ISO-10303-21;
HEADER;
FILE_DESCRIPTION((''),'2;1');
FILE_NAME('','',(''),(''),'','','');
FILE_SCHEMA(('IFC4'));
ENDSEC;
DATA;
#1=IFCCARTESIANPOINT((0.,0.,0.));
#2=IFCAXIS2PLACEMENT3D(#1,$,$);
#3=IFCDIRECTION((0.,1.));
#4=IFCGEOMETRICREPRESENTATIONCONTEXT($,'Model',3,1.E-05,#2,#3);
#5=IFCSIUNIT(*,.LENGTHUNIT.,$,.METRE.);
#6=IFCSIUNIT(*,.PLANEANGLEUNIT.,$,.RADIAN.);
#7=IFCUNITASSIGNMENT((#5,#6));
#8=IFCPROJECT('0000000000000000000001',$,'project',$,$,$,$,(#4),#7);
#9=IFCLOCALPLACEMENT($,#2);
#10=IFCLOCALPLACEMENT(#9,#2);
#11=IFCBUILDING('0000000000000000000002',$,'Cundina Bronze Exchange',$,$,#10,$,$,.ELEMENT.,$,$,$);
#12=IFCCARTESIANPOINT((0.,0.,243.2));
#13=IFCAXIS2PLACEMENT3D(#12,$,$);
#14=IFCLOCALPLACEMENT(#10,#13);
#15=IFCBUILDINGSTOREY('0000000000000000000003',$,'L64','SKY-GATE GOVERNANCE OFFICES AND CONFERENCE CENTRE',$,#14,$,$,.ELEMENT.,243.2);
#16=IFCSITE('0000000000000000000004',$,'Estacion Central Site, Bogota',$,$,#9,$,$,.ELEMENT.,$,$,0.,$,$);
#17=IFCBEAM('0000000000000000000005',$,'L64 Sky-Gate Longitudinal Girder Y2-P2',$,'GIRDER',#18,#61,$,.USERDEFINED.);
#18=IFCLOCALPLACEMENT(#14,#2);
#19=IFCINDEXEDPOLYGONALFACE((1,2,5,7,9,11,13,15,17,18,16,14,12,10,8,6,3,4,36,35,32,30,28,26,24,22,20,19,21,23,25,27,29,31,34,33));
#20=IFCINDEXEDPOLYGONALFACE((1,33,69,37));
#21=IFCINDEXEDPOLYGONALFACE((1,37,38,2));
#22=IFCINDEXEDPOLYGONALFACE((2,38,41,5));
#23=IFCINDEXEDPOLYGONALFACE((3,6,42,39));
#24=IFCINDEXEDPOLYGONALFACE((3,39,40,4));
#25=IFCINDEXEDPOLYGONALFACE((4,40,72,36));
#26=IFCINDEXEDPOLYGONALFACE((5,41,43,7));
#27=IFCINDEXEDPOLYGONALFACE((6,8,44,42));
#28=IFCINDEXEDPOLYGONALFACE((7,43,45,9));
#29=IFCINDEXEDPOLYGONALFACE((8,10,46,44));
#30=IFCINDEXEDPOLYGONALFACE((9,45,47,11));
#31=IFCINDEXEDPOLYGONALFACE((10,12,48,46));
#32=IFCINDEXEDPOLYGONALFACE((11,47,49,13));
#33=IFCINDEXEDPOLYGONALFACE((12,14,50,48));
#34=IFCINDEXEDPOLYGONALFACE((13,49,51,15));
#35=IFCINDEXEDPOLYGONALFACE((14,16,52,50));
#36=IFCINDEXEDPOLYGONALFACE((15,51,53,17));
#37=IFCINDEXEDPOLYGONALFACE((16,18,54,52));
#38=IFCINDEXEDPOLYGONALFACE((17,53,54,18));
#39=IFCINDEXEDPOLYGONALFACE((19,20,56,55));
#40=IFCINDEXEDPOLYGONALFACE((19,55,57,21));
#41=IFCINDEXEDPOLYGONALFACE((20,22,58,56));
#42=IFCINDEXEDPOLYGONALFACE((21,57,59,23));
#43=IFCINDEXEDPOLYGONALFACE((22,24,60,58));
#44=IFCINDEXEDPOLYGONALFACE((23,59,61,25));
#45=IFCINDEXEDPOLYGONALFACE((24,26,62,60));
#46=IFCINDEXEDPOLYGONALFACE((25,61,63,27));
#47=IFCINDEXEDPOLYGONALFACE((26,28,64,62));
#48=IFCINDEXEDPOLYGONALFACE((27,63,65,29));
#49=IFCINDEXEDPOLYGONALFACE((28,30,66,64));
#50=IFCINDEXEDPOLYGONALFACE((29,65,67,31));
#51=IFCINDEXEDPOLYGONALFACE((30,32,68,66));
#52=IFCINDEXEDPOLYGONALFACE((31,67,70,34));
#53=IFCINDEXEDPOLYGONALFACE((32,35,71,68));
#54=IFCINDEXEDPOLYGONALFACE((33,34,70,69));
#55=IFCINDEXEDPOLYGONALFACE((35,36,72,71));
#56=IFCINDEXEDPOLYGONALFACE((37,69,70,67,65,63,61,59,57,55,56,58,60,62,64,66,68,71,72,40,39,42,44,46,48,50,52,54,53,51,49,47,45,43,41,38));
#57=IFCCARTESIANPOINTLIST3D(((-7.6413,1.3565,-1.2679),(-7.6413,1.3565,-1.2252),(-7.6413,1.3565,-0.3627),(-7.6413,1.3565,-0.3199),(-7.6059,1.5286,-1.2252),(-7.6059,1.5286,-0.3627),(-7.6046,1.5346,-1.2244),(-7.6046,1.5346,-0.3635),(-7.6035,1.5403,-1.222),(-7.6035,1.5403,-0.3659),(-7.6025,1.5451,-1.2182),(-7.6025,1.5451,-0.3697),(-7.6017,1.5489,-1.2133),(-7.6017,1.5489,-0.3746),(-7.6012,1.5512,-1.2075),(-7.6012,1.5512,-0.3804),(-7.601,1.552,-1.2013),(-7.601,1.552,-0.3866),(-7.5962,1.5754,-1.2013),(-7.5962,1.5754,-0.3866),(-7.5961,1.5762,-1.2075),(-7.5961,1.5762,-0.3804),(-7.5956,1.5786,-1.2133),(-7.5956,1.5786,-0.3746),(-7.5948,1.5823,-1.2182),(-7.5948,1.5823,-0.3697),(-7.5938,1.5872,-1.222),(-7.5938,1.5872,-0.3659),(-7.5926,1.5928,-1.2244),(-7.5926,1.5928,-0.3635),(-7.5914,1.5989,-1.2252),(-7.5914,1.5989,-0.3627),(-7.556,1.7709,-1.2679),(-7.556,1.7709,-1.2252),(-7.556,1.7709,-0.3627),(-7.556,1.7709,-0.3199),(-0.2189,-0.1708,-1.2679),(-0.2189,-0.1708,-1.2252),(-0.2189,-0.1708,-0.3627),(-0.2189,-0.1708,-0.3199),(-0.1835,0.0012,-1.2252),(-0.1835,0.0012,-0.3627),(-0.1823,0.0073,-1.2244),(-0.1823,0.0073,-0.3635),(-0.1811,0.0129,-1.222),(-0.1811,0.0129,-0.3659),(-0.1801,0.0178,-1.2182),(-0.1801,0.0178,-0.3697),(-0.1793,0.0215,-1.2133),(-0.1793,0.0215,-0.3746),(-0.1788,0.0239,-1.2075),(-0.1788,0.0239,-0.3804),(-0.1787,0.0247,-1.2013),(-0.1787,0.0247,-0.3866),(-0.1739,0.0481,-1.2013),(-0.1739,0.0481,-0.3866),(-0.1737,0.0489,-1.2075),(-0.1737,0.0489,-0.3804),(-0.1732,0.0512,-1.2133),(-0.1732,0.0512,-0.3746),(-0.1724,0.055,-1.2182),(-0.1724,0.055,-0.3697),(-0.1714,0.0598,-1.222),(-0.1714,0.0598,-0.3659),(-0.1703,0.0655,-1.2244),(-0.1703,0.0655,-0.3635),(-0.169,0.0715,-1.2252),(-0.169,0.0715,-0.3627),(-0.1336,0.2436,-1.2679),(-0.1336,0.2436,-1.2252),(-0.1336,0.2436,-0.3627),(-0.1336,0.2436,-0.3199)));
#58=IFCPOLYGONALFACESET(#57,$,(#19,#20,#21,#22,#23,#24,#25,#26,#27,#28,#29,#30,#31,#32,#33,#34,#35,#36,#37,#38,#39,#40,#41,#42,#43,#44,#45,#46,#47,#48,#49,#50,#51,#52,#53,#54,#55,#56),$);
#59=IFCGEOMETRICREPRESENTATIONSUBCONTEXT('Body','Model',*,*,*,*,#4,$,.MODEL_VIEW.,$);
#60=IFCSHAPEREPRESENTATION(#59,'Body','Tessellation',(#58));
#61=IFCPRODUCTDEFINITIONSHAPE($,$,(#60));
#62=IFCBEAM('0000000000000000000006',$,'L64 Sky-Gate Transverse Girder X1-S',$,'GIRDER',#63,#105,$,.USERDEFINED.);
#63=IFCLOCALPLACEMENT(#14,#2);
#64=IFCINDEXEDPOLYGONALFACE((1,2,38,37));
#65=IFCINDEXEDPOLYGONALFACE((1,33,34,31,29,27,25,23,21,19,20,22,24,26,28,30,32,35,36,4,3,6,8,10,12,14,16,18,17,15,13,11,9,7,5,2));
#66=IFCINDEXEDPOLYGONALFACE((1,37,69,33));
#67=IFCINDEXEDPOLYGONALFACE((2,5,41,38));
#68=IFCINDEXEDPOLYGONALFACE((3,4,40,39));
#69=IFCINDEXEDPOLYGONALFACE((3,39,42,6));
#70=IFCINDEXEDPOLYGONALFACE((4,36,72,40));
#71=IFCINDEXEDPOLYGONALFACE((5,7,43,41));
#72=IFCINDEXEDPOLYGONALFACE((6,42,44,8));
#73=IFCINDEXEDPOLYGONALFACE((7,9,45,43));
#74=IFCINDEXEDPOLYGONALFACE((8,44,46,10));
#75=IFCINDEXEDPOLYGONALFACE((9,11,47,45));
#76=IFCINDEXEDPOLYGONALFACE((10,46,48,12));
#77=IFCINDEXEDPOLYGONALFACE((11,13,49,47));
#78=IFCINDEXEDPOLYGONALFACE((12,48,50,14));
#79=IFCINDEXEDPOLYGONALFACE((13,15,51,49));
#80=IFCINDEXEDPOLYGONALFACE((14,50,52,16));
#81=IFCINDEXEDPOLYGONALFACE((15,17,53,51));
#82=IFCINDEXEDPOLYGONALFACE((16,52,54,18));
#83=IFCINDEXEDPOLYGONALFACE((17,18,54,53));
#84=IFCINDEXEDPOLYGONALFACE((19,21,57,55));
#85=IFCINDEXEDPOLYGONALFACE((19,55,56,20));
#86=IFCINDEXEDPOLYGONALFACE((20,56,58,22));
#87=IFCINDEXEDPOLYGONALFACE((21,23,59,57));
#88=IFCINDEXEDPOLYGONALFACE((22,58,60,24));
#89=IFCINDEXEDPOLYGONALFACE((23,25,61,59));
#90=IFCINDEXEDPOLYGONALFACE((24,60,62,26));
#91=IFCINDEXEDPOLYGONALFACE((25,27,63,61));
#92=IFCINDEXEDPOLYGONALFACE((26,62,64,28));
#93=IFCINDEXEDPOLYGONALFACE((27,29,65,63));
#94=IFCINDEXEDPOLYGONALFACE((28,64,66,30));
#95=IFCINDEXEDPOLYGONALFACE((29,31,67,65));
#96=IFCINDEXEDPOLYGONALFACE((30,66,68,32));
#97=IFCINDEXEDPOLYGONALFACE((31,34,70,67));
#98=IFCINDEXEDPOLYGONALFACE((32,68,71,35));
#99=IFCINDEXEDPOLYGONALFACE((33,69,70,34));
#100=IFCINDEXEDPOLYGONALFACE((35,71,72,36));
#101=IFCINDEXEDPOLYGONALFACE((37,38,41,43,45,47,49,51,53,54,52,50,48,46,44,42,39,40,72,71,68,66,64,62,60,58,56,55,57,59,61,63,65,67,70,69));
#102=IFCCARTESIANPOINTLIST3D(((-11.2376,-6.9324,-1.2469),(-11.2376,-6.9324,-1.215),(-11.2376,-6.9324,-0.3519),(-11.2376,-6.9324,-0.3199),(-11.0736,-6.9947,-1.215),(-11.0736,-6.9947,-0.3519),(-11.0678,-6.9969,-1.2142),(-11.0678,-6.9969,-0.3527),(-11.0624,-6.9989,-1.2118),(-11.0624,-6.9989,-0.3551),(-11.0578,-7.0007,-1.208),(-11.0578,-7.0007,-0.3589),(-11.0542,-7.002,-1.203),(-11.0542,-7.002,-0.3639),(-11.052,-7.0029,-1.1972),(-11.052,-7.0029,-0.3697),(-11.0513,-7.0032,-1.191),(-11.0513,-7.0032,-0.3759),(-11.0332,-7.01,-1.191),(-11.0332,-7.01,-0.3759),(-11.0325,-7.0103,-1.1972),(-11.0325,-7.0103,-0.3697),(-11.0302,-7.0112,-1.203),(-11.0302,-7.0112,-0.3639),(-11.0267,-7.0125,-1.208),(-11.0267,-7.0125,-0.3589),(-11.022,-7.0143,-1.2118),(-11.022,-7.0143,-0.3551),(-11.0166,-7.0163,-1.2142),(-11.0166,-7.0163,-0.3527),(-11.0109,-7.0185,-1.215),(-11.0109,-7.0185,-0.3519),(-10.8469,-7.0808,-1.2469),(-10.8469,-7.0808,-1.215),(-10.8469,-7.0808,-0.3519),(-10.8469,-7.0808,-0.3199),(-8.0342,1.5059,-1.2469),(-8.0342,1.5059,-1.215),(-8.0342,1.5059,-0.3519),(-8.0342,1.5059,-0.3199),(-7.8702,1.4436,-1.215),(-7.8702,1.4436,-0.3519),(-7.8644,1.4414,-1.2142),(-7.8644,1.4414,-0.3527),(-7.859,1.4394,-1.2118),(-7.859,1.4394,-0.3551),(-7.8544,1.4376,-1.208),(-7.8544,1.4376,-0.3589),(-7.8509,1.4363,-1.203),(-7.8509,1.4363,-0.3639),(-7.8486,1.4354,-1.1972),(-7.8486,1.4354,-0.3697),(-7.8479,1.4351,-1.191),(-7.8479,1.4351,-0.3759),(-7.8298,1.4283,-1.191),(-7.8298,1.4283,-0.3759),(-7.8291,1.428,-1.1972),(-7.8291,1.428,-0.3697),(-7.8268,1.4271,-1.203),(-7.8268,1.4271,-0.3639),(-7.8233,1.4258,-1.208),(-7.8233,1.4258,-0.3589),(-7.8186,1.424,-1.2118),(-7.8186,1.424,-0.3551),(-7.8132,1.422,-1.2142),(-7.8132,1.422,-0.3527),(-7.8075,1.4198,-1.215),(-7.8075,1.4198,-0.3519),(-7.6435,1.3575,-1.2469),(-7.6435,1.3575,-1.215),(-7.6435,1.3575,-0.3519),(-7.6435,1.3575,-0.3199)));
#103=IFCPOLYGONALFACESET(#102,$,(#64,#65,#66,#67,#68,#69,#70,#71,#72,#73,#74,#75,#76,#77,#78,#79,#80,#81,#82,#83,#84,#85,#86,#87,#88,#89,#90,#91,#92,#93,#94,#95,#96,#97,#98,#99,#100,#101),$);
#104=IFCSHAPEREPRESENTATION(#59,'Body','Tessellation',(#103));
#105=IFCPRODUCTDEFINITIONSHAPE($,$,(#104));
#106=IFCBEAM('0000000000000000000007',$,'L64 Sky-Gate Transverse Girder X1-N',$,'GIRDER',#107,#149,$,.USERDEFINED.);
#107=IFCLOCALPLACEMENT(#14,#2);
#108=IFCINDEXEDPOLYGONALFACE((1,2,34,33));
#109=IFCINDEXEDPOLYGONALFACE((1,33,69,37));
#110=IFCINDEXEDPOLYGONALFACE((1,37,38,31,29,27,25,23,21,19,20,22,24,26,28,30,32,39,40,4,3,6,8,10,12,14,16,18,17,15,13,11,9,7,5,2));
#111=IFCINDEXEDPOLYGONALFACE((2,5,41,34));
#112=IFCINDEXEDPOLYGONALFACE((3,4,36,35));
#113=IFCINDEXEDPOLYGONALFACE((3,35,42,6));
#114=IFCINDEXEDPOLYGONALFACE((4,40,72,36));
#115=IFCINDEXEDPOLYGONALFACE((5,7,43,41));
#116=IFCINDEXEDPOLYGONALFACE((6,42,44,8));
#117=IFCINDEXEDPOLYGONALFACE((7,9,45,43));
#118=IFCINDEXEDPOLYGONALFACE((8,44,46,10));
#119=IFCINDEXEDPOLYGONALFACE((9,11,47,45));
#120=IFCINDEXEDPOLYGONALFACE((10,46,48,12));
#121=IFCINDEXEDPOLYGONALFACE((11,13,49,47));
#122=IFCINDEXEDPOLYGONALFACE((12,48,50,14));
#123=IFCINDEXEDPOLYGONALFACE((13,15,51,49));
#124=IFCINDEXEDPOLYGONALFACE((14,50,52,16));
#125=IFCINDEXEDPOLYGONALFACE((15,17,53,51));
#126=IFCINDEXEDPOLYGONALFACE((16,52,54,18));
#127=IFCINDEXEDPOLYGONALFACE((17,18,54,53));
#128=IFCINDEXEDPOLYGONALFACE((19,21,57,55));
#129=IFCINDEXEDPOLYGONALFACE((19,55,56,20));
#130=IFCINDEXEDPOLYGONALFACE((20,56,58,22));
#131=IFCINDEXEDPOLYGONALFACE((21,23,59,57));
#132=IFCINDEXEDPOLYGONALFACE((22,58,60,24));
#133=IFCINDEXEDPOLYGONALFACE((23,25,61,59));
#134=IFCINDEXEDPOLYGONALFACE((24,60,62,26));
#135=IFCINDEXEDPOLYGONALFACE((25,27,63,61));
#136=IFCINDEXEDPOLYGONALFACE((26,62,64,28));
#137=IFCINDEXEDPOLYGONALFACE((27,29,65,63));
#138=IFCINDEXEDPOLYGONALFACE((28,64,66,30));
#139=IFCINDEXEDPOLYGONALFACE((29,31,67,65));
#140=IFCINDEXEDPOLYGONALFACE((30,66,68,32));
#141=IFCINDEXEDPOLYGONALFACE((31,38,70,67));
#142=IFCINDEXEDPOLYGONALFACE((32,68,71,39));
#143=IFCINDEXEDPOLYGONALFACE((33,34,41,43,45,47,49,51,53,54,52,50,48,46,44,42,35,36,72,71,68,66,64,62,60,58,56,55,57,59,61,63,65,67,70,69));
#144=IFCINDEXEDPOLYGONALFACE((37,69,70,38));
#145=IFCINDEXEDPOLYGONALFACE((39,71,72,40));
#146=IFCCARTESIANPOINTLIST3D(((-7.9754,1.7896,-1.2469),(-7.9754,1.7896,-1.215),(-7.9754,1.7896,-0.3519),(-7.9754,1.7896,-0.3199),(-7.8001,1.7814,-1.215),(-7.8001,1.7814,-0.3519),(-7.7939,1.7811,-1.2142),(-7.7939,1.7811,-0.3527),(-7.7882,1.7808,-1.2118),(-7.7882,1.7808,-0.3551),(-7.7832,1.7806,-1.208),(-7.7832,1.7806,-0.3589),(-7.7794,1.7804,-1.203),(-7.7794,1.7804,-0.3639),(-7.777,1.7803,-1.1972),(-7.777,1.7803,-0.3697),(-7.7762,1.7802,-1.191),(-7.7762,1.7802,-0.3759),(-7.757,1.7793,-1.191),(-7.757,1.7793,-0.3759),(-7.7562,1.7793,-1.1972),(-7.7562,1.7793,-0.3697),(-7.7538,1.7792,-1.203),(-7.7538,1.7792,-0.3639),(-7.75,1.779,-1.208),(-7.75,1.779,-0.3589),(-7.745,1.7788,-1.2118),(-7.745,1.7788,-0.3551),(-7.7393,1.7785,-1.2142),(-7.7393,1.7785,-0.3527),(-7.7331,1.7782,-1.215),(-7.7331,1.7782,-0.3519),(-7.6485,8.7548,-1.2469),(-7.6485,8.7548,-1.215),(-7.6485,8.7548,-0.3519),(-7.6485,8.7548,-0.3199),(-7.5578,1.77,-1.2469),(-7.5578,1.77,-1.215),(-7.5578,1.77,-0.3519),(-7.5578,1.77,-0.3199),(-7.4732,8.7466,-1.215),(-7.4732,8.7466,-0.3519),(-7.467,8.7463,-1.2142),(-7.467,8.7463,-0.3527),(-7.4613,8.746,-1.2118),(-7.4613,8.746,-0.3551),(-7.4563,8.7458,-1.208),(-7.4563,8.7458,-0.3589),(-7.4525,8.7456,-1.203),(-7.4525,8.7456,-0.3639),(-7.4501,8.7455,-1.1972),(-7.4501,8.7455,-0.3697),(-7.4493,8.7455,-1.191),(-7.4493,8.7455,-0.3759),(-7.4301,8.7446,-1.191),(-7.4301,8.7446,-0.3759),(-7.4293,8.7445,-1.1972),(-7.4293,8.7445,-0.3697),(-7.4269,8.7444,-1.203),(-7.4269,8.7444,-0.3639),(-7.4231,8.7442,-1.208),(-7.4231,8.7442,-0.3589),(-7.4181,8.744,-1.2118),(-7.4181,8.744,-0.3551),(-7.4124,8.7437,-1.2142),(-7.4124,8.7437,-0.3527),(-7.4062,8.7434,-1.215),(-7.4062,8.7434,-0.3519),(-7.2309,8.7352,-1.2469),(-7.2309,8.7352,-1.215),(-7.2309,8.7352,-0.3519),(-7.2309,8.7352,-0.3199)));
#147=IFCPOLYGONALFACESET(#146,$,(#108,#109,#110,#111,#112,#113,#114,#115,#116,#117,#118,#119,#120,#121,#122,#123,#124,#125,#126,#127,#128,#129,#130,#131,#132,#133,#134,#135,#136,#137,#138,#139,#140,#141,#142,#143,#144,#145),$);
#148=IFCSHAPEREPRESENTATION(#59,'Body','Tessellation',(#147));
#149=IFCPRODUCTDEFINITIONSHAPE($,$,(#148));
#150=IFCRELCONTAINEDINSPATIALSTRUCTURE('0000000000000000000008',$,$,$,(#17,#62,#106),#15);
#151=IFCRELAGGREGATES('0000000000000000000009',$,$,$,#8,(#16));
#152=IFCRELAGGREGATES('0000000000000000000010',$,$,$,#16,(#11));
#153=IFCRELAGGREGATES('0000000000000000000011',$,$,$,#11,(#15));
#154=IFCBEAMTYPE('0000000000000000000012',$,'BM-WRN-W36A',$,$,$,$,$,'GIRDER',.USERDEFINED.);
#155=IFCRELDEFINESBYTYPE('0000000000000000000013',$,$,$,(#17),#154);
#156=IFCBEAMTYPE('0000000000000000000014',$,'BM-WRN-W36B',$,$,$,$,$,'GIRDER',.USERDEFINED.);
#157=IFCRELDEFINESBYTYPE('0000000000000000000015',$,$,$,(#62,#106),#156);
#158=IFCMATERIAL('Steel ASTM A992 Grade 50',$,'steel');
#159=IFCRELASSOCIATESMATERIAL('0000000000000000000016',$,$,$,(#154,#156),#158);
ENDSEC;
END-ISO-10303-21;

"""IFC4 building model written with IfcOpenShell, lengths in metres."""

from ifc_helpers import new_model, si_unit, direction, frame, origin, origin_2d, place, context, subcontext, project, spatial, i_section, extrude, material, material_profile, profile_set, type_object, element, save


model = new_model("IFC4")

# Units and contexts
model_context = context("Model", 3, precision=1e-05, world=origin(), true_north=direction((0.0, 1.0)))
body_context = subcontext(model_context, "Body", "Model", "MODEL_VIEW")
ifc_project = project(units=[si_unit("LENGTHUNIT", "METRE"), si_unit("PLANEANGLEUNIT", "RADIAN")], contexts=[model_context])

# Site, building, storey
site_placement = place(None, origin())
site = spatial("IfcSite", under=ifc_project, at=site_placement, Name="Estacion Central Site, Bogota", CompositionType="ELEMENT", RefElevation=0.0)
building_placement = place(site_placement, origin())
building = spatial("IfcBuilding", under=site, at=building_placement, Name="Cundina Bronze Exchange", CompositionType="ELEMENT")
storey_placement = place(building_placement, frame((0.0, 0.0, 243.2)))
storey = spatial("IfcBuildingStorey", under=building, at=storey_placement, Name="L64", Description="SKY-GATE GOVERNANCE OFFICES AND CONFERENCE CENTRE", CompositionType="ELEMENT", Elevation=243.2)

# Beams
ifc_material_1 = material(Name="Steel ASTM A992 Grade 50", Category="steel")
ifc_material_profile_1 = material_profile(ifc_material_1, i_section(OverallWidth=0.4231, OverallDepth=0.948, WebThickness=0.0239, FlangeThickness=0.0427, FilletRadius=0.0239, at=origin_2d()), Name="W36X302", Category="steel")
ifc_profile_set_1 = profile_set([ifc_material_profile_1], Name="Steel ASTM A992 Grade 50")
beam_type_1 = type_object("IfcBeamType", Name="BM-WRN-W36A", ElementType="GIRDER", PredefinedType="USERDEFINED", material=ifc_profile_set_1)
for number, where, z_axis, x_axis, name in (
    (1, (-7.5986, 1.5637, -0.7939), (0.979478, -0.201553, 0.0), (0.201553, 0.979478, 0.0), "L64 Sky-Gate Longitudinal Girder Y2-P2"),
):
    element("IfcBeam", number, at=place(storey_placement, frame(where, z_axis=z_axis, x_axis=x_axis)), inside=storey, type_object=beam_type_1, Name=name, ObjectType="GIRDER", PredefinedType="USERDEFINED", context=body_context, shape_type="SweptSolid", body=[
        extrude(i_section(OverallWidth=0.4231, OverallDepth=0.948, WebThickness=0.0239, FlangeThickness=0.0427, FilletRadius=0.0239, at=origin_2d()), origin(), (0.0, 0.0, 1.0), 7.5779),
    ])
ifc_material_profile_2 = material_profile(ifc_material_1, i_section(OverallWidth=0.418, OverallDepth=0.927, WebThickness=0.0193, FlangeThickness=0.032, FilletRadius=0.0239, at=origin_2d()), Name="W36X231", Category="steel")
ifc_profile_set_2 = profile_set([ifc_material_profile_2], Name="Steel ASTM A992 Grade 50")
beam_type_2 = type_object("IfcBeamType", Name="BM-WRN-W36B", ElementType="GIRDER", PredefinedType="USERDEFINED", material=ifc_profile_set_2)
beam_1_placement = place(storey_placement, frame((-11.0422, -7.0066, -0.7834), z_axis=(0.354912, 0.9349, 0.0), x_axis=(-0.9349, 0.354912, 0.0)))
element("IfcBeam", 2, at=beam_1_placement, inside=storey, type_object=beam_type_2, Name="L64 Sky-Gate Transverse Girder X1-S", ObjectType="GIRDER", PredefinedType="USERDEFINED", context=body_context, shape_type="SweptSolid", body=[
    extrude(i_section(OverallWidth=0.418, OverallDepth=0.927, WebThickness=0.0193, FlangeThickness=0.032, FilletRadius=0.0239, at=origin_2d()), origin(), (0.0, 0.0, 1.0), 9.0259),
])
beam_2_placement = place(storey_placement, frame((-7.7666, 1.7798, -0.7834), z_axis=(0.046881, 0.9989, 0.0), x_axis=(-0.9989, 0.046881, 0.0)))
element("IfcBeam", 3, at=beam_2_placement, inside=storey, type_object=beam_type_2, Name="L64 Sky-Gate Transverse Girder X1-N", ObjectType="GIRDER", PredefinedType="USERDEFINED", context=body_context, shape_type="SweptSolid", body=[
    extrude(i_section(OverallWidth=0.418, OverallDepth=0.927, WebThickness=0.0193, FlangeThickness=0.032, FilletRadius=0.0239, at=origin_2d()), origin(), (0.0, 0.0, 1.0), 6.9729),
])

save(model, "model.ifc")
